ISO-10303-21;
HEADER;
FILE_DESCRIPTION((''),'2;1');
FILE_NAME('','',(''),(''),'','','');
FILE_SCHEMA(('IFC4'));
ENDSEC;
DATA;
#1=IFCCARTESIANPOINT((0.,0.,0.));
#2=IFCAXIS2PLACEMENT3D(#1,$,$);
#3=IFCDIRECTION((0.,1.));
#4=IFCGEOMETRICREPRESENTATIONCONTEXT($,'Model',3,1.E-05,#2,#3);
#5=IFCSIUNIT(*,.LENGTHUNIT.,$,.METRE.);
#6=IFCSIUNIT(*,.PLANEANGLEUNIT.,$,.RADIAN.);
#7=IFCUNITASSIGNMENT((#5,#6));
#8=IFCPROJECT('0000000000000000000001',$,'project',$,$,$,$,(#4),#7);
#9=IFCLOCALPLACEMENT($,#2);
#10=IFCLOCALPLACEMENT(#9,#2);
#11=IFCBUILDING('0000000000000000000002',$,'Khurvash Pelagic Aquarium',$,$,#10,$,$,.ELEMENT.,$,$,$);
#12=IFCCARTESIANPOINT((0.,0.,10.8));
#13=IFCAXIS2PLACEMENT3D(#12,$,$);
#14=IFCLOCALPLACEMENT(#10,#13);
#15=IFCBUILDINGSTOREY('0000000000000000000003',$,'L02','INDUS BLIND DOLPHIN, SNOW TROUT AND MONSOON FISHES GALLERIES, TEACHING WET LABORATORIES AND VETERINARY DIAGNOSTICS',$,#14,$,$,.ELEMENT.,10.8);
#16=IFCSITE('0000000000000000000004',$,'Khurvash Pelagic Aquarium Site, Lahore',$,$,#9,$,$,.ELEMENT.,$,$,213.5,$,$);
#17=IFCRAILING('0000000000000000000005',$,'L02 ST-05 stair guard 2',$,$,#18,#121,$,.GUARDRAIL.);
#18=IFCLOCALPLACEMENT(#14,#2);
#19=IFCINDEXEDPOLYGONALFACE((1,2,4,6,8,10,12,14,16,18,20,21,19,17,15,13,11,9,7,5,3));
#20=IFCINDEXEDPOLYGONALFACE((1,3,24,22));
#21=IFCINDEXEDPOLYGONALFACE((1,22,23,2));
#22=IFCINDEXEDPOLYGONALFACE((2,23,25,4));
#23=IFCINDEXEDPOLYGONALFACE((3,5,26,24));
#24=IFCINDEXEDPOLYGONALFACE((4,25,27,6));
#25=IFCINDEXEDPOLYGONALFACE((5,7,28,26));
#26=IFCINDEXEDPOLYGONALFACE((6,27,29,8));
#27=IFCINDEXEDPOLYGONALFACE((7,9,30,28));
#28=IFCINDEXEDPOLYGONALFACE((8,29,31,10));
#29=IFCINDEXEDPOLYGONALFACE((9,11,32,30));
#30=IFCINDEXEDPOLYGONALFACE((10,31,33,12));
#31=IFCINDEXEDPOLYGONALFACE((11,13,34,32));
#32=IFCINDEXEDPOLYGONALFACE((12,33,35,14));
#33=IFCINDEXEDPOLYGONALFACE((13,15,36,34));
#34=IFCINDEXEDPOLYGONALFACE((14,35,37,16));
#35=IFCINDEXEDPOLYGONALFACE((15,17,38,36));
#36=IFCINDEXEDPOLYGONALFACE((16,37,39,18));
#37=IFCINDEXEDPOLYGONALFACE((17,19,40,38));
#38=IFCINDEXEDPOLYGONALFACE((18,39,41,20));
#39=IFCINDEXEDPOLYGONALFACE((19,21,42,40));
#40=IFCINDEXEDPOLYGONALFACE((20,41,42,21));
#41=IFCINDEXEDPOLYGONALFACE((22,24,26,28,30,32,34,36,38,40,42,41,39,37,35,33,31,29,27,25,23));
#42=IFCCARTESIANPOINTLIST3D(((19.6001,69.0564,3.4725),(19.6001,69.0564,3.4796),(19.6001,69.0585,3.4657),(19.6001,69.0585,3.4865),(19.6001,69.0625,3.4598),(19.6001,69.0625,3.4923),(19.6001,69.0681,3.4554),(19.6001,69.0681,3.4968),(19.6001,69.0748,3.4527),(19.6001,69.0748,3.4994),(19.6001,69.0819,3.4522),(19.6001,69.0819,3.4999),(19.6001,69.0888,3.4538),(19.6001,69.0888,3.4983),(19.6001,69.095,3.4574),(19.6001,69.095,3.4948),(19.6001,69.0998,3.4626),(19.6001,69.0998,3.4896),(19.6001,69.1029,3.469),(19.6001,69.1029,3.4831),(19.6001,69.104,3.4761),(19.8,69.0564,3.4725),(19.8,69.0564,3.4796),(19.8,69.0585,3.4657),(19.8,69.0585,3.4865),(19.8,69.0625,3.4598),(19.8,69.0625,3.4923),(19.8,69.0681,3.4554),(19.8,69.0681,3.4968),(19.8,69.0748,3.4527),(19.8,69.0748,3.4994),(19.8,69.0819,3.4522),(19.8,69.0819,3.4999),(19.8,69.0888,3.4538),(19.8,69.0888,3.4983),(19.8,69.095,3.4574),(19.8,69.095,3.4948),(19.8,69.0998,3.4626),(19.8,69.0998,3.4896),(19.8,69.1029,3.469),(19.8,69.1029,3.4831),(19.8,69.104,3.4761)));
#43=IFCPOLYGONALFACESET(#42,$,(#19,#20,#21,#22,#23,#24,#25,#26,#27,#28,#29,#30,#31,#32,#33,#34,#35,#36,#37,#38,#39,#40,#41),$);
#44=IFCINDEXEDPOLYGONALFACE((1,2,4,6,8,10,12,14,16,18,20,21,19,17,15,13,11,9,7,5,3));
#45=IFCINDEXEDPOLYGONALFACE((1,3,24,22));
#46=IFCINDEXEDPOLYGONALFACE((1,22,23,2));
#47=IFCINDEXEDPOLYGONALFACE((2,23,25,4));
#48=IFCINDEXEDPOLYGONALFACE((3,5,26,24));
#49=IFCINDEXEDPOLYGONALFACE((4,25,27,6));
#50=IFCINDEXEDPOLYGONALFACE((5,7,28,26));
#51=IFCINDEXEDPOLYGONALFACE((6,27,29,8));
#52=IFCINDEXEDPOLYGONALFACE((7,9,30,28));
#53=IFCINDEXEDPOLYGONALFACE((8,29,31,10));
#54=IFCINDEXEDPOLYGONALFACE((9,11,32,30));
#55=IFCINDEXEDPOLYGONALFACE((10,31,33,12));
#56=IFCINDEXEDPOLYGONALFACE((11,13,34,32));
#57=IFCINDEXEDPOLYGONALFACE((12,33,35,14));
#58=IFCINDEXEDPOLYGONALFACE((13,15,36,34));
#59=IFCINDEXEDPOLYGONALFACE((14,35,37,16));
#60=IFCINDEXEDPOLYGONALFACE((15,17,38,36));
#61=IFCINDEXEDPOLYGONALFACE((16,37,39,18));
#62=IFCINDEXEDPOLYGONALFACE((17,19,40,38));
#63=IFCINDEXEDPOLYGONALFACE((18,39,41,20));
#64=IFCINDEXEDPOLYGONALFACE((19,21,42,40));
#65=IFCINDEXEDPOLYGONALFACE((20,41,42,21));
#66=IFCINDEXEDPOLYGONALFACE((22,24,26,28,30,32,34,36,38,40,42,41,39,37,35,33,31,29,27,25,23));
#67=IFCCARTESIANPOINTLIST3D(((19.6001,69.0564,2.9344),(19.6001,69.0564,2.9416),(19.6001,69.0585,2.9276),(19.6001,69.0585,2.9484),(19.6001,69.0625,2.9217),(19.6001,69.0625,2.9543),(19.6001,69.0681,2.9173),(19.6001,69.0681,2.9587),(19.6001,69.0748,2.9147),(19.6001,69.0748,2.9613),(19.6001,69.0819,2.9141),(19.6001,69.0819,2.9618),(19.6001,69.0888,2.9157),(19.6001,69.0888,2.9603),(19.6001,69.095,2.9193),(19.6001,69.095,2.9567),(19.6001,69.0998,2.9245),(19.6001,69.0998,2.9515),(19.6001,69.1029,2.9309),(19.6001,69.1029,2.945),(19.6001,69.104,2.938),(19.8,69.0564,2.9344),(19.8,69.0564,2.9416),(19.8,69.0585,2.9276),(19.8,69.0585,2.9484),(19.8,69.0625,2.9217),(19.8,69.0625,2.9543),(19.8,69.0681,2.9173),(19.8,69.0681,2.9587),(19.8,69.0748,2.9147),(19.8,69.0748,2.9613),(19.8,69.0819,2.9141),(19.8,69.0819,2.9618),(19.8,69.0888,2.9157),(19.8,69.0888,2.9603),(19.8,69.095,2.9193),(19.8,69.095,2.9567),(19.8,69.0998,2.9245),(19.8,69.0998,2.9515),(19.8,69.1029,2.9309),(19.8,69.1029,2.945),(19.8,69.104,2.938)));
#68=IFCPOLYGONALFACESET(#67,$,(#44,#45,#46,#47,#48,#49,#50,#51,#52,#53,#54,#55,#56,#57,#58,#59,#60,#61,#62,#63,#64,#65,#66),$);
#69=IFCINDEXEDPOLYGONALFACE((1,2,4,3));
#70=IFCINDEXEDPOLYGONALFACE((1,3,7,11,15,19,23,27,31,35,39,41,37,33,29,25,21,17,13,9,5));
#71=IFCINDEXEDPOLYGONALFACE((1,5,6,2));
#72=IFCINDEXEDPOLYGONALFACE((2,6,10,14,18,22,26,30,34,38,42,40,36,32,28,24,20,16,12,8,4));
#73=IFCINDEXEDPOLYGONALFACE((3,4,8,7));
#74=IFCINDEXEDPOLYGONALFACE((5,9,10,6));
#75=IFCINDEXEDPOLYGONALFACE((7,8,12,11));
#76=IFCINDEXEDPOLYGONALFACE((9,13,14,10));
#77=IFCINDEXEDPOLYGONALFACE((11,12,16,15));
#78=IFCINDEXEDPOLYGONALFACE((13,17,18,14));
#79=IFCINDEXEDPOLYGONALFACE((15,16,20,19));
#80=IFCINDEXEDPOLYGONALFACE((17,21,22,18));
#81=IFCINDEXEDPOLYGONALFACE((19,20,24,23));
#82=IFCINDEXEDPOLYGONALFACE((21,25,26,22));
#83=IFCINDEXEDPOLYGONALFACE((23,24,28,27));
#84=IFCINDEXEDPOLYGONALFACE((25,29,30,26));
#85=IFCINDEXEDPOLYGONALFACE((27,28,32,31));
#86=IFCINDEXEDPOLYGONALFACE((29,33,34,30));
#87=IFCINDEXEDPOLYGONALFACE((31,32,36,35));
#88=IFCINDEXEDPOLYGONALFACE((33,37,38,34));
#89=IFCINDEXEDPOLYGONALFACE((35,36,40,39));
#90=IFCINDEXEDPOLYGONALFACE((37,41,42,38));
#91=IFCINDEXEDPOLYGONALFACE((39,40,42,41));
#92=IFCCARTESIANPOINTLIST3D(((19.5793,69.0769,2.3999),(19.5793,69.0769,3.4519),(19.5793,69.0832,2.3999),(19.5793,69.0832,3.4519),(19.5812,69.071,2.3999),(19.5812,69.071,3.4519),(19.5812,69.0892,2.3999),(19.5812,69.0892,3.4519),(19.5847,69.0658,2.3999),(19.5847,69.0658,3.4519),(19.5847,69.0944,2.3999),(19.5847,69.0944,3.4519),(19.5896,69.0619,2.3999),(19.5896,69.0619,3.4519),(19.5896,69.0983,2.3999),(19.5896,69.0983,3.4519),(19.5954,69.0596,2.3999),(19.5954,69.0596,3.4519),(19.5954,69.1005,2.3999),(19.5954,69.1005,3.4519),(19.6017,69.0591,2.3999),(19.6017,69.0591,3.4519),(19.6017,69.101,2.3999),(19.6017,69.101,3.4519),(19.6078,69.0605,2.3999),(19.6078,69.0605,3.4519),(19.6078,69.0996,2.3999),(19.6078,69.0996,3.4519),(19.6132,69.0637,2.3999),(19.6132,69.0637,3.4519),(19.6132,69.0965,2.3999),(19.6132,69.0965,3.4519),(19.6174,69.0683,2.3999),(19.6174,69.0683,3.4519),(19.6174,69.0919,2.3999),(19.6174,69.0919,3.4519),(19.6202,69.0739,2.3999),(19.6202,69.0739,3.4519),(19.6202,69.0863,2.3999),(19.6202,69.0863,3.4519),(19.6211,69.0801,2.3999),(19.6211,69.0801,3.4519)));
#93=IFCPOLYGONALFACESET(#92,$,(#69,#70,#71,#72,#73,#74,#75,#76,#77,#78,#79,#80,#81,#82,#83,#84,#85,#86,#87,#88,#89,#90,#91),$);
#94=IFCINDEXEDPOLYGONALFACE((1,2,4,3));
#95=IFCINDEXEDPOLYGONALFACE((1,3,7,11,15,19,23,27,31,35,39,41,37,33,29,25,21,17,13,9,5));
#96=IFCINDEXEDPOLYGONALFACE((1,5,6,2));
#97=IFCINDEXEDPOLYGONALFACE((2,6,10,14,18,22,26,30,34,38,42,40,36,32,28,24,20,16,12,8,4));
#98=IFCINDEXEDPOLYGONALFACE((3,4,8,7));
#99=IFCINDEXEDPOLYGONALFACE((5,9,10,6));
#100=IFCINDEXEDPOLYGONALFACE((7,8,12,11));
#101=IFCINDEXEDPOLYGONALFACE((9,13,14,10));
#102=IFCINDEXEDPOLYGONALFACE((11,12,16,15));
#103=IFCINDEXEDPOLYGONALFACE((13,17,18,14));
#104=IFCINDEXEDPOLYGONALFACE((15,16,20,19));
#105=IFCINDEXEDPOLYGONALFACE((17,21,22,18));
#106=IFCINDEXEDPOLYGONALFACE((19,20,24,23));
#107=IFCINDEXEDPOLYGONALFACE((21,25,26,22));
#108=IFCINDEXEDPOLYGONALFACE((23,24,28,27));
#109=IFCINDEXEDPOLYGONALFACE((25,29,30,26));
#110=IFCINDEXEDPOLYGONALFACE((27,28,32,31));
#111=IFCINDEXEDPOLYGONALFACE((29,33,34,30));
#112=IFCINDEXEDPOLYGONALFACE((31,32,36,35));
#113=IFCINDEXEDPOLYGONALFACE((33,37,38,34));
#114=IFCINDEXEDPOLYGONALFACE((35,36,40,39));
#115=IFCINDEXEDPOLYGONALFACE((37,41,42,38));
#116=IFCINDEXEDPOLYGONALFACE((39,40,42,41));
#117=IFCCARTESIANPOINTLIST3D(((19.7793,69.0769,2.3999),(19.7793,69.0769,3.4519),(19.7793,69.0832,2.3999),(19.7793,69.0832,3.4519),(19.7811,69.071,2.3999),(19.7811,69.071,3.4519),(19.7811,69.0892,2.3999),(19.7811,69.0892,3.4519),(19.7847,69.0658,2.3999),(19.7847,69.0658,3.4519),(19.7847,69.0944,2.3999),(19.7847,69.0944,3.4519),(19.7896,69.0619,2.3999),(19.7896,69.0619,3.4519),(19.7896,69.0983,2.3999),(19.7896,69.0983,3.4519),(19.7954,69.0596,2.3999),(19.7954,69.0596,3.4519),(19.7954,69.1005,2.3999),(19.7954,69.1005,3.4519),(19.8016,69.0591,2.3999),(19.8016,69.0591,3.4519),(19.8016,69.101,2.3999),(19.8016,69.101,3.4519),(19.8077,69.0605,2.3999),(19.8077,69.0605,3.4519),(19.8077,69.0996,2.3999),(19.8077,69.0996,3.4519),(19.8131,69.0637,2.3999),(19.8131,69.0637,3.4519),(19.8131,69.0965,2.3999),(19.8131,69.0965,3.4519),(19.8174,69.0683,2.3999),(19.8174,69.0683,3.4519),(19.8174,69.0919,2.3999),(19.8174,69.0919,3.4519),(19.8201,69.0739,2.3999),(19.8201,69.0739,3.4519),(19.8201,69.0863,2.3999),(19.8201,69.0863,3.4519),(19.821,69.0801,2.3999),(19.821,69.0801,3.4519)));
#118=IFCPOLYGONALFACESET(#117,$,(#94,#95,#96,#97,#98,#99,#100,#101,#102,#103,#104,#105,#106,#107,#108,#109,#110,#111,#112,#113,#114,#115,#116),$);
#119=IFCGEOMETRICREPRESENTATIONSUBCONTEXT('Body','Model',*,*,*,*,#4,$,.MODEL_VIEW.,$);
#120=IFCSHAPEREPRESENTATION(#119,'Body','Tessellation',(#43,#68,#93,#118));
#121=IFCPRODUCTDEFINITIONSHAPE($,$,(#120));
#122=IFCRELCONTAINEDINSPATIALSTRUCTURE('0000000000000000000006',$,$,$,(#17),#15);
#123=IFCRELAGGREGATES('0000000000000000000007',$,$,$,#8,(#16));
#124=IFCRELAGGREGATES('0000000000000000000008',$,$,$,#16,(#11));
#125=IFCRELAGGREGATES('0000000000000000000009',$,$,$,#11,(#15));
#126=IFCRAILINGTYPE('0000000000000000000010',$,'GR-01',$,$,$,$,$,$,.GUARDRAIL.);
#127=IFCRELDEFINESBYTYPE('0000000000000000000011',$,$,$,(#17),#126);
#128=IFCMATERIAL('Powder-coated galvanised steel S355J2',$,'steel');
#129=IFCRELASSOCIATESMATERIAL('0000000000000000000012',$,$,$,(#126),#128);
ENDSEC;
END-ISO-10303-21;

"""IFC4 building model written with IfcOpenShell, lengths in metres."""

from ifc_helpers import new_model, si_unit, direction, frame, origin, origin_2d, place, context, subcontext, project, spatial, circle, extrude, material, type_object, element, save


model = new_model("IFC4")

# Units and contexts
model_context = context("Model", 3, precision=1e-05, world=origin(), true_north=direction((0.0, 1.0)))
body_context = subcontext(model_context, "Body", "Model", "MODEL_VIEW")
ifc_project = project(units=[si_unit("LENGTHUNIT", "METRE"), si_unit("PLANEANGLEUNIT", "RADIAN")], contexts=[model_context])

# Site, building, storey
site_placement = place(None, origin())
site = spatial("IfcSite", under=ifc_project, at=site_placement, Name="Khurvash Pelagic Aquarium Site, Lahore", CompositionType="ELEMENT", RefElevation=213.5)
building_placement = place(site_placement, origin())
building = spatial("IfcBuilding", under=site, at=building_placement, Name="Khurvash Pelagic Aquarium", CompositionType="ELEMENT")
storey_placement = place(building_placement, frame((0.0, 0.0, 10.8)))
storey = spatial("IfcBuildingStorey", under=building, at=storey_placement, Name="L02", Description="INDUS BLIND DOLPHIN, SNOW TROUT AND MONSOON FISHES GALLERIES, TEACHING WET LABORATORIES AND VETERINARY DIAGNOSTICS", CompositionType="ELEMENT", Elevation=10.8)

# Railing
ifc_material_1 = material(Name="Powder-coated galvanised steel S355J2", Category="steel")
railing_type_1 = type_object("IfcRailingType", Name="GR-01", PredefinedType="GUARDRAIL", material=ifc_material_1)
railing_1_placement = place(storey_placement, frame((19.6001, 69.0801, 2.3999)))
element("IfcRailing", 1, at=railing_1_placement, inside=storey, type_object=railing_type_1, Name="L02 ST-05 stair guard 2", PredefinedType="GUARDRAIL", context=body_context, shape_type="SweptSolid", body=[
    extrude(circle(Radius=0.0239, at=origin_2d()), frame((0.0, 0.0, 1.0762), z_axis=(1.0, 0.0, 0.0), x_axis=(0.0, 1.0, 0.0)), (0.0, 0.0, 1.0), 0.2),
    extrude(circle(Radius=0.0239, at=origin_2d()), frame((0.0, 0.0, 0.5381), z_axis=(1.0, 0.0, 0.0), x_axis=(0.0, 1.0, 0.0)), (0.0, 0.0, 1.0), 0.2),
    extrude(circle(Radius=0.021, at=origin_2d()), origin(), (0.0, 0.0, 1.0), 1.052),
    extrude(circle(Radius=0.021, at=origin_2d()), frame((0.2, 0.0, 0.0)), (0.0, 0.0, 1.0), 1.052),
])

save(model, "model.ifc")
